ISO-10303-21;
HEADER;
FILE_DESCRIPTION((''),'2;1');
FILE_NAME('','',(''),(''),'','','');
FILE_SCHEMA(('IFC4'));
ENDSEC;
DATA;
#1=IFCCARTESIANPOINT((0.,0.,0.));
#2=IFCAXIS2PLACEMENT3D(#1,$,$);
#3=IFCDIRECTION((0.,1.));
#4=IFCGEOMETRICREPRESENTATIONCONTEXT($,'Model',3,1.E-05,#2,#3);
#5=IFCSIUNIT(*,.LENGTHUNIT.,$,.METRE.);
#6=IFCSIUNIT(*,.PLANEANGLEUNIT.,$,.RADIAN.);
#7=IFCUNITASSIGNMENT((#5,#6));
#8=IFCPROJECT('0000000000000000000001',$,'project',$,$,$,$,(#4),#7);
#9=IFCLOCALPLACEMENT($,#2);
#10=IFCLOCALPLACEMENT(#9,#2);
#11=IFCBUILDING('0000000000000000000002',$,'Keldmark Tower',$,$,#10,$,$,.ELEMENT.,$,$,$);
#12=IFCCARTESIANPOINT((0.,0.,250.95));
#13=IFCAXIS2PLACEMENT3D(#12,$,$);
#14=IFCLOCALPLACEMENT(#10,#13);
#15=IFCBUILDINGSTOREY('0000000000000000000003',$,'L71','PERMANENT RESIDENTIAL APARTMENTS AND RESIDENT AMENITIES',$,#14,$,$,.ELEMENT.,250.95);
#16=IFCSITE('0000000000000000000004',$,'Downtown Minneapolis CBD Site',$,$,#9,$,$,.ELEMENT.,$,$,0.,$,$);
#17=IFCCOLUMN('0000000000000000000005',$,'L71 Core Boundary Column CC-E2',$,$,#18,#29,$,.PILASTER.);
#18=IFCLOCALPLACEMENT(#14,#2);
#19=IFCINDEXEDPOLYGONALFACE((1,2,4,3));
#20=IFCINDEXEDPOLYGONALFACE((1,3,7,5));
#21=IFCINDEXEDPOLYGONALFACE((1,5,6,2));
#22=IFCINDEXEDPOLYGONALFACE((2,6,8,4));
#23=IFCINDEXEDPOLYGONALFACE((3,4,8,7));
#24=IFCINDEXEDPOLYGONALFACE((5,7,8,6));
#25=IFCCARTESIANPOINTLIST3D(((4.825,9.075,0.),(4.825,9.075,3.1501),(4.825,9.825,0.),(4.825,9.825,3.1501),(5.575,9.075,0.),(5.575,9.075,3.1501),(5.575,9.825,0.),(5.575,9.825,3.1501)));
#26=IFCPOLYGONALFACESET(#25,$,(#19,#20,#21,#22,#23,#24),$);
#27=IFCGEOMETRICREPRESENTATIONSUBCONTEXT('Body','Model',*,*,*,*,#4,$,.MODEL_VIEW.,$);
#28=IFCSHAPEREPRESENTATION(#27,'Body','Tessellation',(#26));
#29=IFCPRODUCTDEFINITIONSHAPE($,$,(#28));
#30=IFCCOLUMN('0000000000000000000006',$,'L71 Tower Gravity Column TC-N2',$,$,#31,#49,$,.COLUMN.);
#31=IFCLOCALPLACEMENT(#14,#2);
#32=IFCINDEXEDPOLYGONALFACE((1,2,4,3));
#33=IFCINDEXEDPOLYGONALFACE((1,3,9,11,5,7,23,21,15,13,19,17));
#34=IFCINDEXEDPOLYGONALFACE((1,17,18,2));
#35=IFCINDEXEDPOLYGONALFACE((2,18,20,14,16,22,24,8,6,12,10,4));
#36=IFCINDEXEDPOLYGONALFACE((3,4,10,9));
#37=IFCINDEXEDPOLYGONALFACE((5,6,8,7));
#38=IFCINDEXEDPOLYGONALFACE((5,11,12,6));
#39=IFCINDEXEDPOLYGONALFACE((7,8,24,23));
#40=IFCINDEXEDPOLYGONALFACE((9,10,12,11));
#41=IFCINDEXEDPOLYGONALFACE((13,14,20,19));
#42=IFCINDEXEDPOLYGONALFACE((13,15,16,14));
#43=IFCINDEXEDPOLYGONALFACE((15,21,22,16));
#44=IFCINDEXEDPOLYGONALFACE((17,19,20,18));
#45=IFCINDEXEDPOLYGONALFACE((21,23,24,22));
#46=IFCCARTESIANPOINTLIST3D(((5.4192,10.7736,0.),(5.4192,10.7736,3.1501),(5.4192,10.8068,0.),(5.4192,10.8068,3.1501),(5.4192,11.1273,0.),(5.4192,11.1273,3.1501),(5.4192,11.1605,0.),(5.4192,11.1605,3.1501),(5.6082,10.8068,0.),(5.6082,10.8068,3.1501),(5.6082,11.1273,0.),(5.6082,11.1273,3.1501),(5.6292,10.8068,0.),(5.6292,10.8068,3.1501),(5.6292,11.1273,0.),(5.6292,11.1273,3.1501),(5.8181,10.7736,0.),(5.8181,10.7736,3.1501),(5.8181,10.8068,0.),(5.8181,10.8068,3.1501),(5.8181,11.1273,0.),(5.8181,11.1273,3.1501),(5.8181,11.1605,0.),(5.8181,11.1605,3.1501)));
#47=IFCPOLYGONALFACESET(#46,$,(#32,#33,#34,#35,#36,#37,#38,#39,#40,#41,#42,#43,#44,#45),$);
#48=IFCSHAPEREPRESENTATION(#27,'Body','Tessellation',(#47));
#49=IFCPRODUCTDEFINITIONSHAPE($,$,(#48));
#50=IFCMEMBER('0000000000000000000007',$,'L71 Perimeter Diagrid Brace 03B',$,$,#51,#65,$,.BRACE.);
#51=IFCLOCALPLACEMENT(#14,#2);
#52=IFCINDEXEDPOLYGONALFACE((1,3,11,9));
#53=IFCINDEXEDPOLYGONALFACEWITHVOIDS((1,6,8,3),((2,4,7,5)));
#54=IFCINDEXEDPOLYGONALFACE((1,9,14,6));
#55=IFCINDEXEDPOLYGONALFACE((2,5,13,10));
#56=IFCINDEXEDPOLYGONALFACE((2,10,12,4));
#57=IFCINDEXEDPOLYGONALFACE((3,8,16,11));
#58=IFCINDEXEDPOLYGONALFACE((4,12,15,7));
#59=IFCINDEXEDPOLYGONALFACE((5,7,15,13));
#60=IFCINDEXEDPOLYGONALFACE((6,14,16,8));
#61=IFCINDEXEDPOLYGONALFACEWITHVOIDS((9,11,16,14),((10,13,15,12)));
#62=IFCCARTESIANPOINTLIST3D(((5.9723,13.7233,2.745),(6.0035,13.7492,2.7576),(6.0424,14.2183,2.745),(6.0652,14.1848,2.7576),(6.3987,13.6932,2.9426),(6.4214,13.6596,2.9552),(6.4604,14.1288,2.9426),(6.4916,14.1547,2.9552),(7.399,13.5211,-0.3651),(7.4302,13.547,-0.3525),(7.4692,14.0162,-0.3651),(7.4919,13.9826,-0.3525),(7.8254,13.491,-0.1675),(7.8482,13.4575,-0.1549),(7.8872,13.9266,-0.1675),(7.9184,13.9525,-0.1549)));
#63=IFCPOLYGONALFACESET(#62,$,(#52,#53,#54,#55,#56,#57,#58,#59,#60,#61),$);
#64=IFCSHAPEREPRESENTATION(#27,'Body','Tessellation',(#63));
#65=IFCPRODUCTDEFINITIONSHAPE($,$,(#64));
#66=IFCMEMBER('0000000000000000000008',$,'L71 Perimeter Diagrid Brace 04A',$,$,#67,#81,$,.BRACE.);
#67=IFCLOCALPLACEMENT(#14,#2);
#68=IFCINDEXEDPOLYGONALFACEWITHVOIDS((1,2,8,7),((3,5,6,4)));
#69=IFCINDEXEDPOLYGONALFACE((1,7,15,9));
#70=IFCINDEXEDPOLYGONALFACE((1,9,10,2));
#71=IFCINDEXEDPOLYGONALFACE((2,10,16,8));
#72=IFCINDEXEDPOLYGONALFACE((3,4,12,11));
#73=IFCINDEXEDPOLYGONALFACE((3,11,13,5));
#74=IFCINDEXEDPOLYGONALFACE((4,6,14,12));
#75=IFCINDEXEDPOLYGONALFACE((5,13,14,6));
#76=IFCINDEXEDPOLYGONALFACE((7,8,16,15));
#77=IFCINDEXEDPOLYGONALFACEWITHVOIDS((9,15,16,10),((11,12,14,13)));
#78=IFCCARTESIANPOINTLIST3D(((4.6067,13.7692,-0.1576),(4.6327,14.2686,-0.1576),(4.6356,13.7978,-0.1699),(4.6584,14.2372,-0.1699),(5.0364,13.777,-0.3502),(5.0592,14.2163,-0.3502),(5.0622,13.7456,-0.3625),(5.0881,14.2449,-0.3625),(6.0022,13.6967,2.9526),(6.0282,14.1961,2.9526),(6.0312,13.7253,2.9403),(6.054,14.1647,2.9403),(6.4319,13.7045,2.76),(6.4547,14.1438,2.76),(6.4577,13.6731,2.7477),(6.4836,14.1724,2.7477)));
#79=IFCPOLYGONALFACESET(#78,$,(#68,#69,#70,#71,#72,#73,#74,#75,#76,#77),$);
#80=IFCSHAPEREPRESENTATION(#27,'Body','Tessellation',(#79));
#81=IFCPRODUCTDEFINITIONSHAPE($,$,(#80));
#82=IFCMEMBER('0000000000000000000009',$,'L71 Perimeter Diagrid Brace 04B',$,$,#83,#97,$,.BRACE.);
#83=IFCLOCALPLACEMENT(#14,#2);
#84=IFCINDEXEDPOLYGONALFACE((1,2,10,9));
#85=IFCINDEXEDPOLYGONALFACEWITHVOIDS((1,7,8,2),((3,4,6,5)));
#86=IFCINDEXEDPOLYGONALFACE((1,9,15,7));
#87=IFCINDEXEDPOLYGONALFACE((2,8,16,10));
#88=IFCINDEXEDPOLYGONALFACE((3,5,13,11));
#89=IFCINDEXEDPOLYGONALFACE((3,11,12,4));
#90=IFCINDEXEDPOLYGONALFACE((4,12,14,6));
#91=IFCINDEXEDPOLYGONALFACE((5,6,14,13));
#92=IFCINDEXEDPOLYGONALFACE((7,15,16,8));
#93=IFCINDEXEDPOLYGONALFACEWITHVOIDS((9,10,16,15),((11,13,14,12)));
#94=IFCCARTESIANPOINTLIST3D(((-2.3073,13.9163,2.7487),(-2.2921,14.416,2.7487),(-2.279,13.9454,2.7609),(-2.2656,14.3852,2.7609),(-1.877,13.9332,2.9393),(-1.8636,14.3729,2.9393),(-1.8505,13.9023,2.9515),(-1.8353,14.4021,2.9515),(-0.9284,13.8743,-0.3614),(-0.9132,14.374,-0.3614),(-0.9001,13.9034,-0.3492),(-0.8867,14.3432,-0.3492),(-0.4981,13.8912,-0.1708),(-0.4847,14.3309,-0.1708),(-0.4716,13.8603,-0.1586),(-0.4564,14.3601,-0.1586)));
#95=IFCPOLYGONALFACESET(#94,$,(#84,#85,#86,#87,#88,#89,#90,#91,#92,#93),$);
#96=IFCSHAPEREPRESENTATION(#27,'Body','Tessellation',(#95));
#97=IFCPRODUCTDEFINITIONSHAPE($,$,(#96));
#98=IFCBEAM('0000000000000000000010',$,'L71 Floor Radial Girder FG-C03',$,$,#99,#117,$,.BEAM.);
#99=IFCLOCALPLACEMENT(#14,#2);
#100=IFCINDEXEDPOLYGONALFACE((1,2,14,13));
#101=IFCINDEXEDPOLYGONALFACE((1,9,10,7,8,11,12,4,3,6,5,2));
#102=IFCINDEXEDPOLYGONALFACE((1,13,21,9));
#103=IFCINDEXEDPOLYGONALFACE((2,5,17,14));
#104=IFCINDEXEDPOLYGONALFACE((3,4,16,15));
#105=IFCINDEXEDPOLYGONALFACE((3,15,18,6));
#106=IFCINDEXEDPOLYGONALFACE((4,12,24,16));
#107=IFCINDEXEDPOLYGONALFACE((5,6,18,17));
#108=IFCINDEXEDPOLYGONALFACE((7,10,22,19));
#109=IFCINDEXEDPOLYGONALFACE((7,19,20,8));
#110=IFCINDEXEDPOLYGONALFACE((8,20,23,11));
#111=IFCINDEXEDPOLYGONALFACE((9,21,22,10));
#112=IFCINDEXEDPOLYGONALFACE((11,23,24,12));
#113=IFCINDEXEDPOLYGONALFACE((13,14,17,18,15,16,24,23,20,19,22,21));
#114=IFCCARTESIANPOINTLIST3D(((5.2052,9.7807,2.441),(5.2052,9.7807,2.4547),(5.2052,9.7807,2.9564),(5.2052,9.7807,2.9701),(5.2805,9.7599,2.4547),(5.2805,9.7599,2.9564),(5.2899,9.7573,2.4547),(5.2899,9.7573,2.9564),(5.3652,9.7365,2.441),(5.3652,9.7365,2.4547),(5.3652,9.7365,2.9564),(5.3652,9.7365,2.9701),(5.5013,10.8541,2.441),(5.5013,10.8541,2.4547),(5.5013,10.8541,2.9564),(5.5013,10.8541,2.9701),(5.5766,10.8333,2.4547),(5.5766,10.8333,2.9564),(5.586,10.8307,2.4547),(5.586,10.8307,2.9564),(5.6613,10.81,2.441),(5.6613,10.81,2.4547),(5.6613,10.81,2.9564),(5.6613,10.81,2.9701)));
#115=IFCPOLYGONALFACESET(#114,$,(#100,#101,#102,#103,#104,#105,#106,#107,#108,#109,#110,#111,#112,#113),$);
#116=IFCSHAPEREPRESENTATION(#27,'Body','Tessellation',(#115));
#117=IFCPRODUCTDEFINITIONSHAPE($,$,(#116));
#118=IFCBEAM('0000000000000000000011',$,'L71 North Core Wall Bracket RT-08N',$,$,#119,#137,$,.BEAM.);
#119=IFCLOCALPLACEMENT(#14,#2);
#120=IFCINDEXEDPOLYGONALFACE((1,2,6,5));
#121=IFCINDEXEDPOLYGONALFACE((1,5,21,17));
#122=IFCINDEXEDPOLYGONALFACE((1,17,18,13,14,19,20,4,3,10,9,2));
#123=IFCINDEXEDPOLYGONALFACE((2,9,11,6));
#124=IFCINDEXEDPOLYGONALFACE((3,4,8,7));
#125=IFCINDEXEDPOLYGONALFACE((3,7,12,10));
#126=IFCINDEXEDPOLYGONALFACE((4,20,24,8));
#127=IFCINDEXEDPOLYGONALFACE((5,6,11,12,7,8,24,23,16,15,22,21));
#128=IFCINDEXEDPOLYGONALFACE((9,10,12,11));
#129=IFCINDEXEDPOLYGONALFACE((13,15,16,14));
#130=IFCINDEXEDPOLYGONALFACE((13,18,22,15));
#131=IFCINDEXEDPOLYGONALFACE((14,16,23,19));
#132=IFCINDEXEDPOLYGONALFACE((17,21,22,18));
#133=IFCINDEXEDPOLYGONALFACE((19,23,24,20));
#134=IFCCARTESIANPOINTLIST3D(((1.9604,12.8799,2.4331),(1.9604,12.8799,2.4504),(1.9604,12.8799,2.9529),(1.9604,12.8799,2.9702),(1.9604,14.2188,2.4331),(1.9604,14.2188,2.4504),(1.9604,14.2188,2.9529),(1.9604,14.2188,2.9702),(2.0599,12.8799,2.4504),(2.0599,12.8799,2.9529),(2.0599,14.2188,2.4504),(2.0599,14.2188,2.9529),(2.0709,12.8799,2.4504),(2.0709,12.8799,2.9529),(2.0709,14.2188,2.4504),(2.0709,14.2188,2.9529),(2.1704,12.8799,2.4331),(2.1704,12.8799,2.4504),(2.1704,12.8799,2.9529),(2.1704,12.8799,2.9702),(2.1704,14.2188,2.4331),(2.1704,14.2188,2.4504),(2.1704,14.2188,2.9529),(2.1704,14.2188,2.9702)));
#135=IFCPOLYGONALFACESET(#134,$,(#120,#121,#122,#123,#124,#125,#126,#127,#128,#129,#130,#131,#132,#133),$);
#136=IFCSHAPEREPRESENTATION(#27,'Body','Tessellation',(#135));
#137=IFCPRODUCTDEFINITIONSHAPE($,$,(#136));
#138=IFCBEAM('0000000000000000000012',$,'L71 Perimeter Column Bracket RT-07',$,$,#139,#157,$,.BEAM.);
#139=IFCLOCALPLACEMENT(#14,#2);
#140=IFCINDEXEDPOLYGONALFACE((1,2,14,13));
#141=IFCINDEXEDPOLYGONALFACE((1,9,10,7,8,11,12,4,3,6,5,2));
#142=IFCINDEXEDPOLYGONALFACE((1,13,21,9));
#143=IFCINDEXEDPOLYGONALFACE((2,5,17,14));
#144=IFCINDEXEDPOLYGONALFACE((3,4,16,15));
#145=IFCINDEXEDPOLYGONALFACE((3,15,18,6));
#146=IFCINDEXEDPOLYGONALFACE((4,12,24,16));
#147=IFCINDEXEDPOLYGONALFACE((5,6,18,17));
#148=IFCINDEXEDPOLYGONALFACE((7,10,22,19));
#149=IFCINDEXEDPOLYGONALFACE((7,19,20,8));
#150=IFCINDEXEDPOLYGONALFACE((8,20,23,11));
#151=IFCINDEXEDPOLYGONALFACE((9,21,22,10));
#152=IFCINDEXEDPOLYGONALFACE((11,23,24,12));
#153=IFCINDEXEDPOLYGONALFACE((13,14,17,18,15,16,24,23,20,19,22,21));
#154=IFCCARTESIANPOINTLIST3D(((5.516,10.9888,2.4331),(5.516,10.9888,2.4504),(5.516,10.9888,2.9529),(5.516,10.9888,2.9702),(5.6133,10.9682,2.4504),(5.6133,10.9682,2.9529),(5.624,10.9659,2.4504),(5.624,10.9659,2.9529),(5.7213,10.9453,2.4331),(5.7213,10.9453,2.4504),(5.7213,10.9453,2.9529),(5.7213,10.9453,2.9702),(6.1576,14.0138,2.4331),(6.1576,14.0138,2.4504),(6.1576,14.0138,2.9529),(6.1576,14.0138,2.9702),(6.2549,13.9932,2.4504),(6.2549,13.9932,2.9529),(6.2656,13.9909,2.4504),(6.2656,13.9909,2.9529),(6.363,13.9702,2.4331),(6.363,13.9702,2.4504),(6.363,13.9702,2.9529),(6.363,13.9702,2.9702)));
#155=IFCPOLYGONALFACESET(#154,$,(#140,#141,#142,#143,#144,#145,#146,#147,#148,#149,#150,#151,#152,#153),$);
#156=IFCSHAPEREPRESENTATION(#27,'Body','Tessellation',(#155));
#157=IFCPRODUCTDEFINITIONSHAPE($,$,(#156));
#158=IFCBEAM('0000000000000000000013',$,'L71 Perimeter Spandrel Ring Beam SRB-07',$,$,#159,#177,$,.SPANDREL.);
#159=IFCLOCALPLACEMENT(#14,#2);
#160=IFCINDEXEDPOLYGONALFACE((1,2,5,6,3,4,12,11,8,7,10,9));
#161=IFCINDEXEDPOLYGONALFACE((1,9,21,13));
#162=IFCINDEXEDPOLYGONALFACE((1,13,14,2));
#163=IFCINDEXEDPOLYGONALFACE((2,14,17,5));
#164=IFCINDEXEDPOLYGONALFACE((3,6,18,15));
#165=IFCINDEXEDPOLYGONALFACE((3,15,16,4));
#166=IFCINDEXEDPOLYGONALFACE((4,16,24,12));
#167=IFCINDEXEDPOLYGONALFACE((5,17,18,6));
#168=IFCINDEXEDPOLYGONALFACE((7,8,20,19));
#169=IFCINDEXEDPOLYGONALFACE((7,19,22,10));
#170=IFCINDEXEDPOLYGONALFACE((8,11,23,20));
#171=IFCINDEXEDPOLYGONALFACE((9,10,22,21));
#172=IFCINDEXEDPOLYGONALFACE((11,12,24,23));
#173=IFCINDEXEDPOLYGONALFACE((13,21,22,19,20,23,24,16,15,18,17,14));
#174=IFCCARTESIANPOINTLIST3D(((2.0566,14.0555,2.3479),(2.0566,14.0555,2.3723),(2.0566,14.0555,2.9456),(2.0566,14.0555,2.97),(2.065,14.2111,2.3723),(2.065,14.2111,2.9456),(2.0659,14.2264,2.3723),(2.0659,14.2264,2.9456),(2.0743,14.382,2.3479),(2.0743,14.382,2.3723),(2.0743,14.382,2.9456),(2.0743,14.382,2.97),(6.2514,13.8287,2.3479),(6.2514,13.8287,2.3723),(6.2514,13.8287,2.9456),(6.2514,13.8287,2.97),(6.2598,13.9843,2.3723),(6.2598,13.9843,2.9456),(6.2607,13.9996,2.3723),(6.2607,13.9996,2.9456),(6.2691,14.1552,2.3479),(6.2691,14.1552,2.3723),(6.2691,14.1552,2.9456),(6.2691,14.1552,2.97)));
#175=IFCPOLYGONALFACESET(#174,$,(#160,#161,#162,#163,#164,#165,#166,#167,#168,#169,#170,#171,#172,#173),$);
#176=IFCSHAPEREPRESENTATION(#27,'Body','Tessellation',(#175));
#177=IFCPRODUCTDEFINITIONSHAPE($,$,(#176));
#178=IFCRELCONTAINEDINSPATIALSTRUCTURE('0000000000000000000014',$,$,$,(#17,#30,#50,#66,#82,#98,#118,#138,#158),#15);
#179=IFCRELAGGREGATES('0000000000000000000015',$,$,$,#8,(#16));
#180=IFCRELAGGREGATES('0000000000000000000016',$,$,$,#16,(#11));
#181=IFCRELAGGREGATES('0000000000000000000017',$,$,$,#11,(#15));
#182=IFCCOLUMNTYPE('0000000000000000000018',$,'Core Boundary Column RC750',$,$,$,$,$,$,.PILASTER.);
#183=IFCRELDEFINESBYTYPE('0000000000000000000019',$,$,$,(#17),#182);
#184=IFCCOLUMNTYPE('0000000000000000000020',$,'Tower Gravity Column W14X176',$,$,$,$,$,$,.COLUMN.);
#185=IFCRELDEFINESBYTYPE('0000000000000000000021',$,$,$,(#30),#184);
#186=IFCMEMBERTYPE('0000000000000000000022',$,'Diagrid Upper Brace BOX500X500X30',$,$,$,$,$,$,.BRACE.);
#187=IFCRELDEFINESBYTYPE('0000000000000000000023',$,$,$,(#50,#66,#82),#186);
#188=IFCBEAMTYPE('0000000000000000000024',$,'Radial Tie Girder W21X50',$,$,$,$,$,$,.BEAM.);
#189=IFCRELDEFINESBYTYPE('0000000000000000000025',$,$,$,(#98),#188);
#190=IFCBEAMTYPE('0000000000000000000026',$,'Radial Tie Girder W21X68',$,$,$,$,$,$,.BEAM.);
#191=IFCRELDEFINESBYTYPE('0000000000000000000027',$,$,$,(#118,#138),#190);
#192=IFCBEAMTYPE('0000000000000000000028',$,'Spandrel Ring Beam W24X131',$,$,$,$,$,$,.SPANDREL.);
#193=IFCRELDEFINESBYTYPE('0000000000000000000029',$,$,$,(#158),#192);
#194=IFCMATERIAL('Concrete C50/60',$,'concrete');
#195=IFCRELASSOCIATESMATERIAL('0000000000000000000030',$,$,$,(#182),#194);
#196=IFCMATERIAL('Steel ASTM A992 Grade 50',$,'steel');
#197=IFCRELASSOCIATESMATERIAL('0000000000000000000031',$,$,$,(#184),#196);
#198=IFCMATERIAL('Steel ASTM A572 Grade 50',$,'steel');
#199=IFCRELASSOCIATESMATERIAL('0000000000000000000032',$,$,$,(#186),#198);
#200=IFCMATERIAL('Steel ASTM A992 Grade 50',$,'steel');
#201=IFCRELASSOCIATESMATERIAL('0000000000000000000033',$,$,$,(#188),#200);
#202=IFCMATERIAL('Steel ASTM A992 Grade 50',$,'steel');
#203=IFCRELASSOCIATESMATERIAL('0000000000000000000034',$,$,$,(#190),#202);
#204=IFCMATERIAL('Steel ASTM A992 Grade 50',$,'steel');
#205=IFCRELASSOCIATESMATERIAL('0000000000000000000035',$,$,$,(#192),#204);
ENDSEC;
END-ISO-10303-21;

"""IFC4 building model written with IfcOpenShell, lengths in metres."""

from ifc_helpers import new_model, si_unit, direction, frame, origin, origin_2d, place, context, subcontext, project, spatial, rectangle, hollow_rectangle, i_section, extrude, material, material_profile, profile_set, type_object, element, save


model = new_model("IFC4")

# Units and contexts
model_context = context("Model", 3, precision=1e-05, world=origin(), true_north=direction((0.0, 1.0)))
body_context = subcontext(model_context, "Body", "Model", "MODEL_VIEW")
ifc_project = project(units=[si_unit("LENGTHUNIT", "METRE"), si_unit("PLANEANGLEUNIT", "RADIAN")], contexts=[model_context])

# Site, building, storey
site_placement = place(None, origin())
site = spatial("IfcSite", under=ifc_project, at=site_placement, Name="Downtown Minneapolis CBD Site", CompositionType="ELEMENT", RefElevation=0.0)
building_placement = place(site_placement, origin())
building = spatial("IfcBuilding", under=site, at=building_placement, Name="Keldmark Tower", CompositionType="ELEMENT")
storey_placement = place(building_placement, frame((0.0, 0.0, 250.95)))
storey = spatial("IfcBuildingStorey", under=building, at=storey_placement, Name="L71", Description="PERMANENT RESIDENTIAL APARTMENTS AND RESIDENT AMENITIES", CompositionType="ELEMENT", Elevation=250.95)

# Columns
ifc_material_1 = material(Name="Concrete C50/60", Category="concrete")
ifc_material_profile_1 = material_profile(ifc_material_1, rectangle(XDim=0.75, YDim=0.75, at=origin_2d()), Name="RC750X750")
ifc_profile_set_1 = profile_set([ifc_material_profile_1], Name="Concrete C50/60")
column_type_1 = type_object("IfcColumnType", Name="Core Boundary Column RC750", PredefinedType="PILASTER", material=ifc_profile_set_1)
column_1_placement = place(storey_placement, frame((5.2, 9.45, 0.0), z_axis=(0.0, 0.0, 1.0), x_axis=(1.0, 0.0, 0.0)))
element("IfcColumn", 1, at=column_1_placement, inside=storey, type_object=column_type_1, Name="L71 Core Boundary Column CC-E2", PredefinedType="PILASTER", context=body_context, shape_type="SweptSolid", body=[
    extrude(rectangle(XDim=0.75, YDim=0.75, at=origin_2d()), origin(), (0.0, 0.0, 1.0), 3.1501),
])
ifc_material_2 = material(Name="Steel ASTM A992 Grade 50", Category="steel")
ifc_material_profile_2 = material_profile(ifc_material_2, i_section(OverallWidth=0.3989, OverallDepth=0.387, WebThickness=0.021, FlangeThickness=0.0332, at=origin_2d()), Name="W14X176")
ifc_profile_set_2 = profile_set([ifc_material_profile_2], Name="Steel ASTM A992 Grade 50")
column_type_2 = type_object("IfcColumnType", Name="Tower Gravity Column W14X176", PredefinedType="COLUMN", material=ifc_profile_set_2)
column_2_placement = place(storey_placement, frame((5.6187, 10.967, 0.0), z_axis=(0.0, 0.0, 1.0), x_axis=(1.0, 0.0, 0.0)))
element("IfcColumn", 2, at=column_2_placement, inside=storey, type_object=column_type_2, Name="L71 Tower Gravity Column TC-N2", PredefinedType="COLUMN", context=body_context, shape_type="SweptSolid", body=[
    extrude(i_section(OverallWidth=0.3989, OverallDepth=0.387, WebThickness=0.021, FlangeThickness=0.0332, at=origin_2d()), origin(), (0.0, 0.0, 1.0), 3.1501),
])

# Members
ifc_material_3 = material(Name="Steel ASTM A572 Grade 50", Category="steel")
ifc_material_profile_3 = material_profile(ifc_material_3, hollow_rectangle(XDim=0.5, YDim=0.5, WallThickness=0.03, at=origin_2d()), Name="BOX500X500X30")
ifc_profile_set_3 = profile_set([ifc_material_profile_3], Name="Steel ASTM A572 Grade 50")
member_type = type_object("IfcMemberType", Name="Diagrid Upper Brace BOX500X500X30", PredefinedType="BRACE", material=ifc_profile_set_3)
member_1_placement = place(storey_placement, frame((7.6587, 13.7368, -0.26), z_axis=(-0.416241, 0.058975, 0.90734), x_axis=(-0.140283, -0.990111, 0.0)))
element("IfcMember", 3, at=member_1_placement, inside=storey, type_object=member_type, Name="L71 Perimeter Diagrid Brace 03B", PredefinedType="BRACE", context=body_context, shape_type="SweptSolid", body=[
    extrude(hollow_rectangle(XDim=0.5, YDim=0.5, WallThickness=0.03, at=origin_2d()), origin(), (0.0, 0.0, 1.0), 3.4277),
])
member_2_placement = place(storey_placement, frame((4.8474, 14.0071, -0.26), z_axis=(0.409286, -0.021266, 0.912158), x_axis=(0.051889, 0.998653, 0.0)))
element("IfcMember", 4, at=member_2_placement, inside=storey, type_object=member_type, Name="L71 Perimeter Diagrid Brace 04A", PredefinedType="BRACE", context=body_context, shape_type="SweptSolid", body=[
    extrude(hollow_rectangle(XDim=0.5, YDim=0.5, WallThickness=0.03, at=origin_2d()), origin(), (0.0, 0.0, 1.0), 3.4097),
])
member_3_placement = place(storey_placement, frame((-0.6924, 14.1172, -0.26), z_axis=(-0.405282, 0.012342, 0.914108), x_axis=(-0.030439, -0.999537, 0.0)))
element("IfcMember", 5, at=member_3_placement, inside=storey, type_object=member_type, Name="L71 Perimeter Diagrid Brace 04B", PredefinedType="BRACE", context=body_context, shape_type="SweptSolid", body=[
    extrude(hollow_rectangle(XDim=0.5, YDim=0.5, WallThickness=0.03, at=origin_2d()), origin(), (0.0, 0.0, 1.0), 3.4023),
])

# Beams
ifc_material_4 = material(Name="Steel ASTM A992 Grade 50", Category="steel")
ifc_material_profile_4 = material_profile(ifc_material_4, i_section(OverallWidth=0.166, OverallDepth=0.5291, WebThickness=0.0098, FlangeThickness=0.0137, at=origin_2d()), Name="W21X50")
ifc_profile_set_4 = profile_set([ifc_material_profile_4], Name="Steel ASTM A992 Grade 50")
beam_type_1 = type_object("IfcBeamType", Name="Radial Tie Girder W21X50", PredefinedType="BEAM", material=ifc_profile_set_4)
beam_1_placement = place(storey_placement, frame((5.5813, 10.832, 2.7056), z_axis=(-0.265936, -0.963991, 0.0), x_axis=(0.963991, -0.265936, 0.0)))
element("IfcBeam", 6, at=beam_1_placement, inside=storey, type_object=beam_type_1, Name="L71 Floor Radial Girder FG-C03", PredefinedType="BEAM", context=body_context, shape_type="SweptSolid", body=[
    extrude(i_section(OverallWidth=0.166, OverallDepth=0.5291, WebThickness=0.0098, FlangeThickness=0.0137, at=origin_2d()), origin(), (0.0, 0.0, 1.0), 1.1135),
])
ifc_material_5 = material(Name="Steel ASTM A992 Grade 50", Category="steel")
ifc_material_profile_5 = material_profile(ifc_material_5, i_section(OverallWidth=0.21, OverallDepth=0.5371, WebThickness=0.011, FlangeThickness=0.0173, at=origin_2d()), Name="W21X68")
ifc_profile_set_5 = profile_set([ifc_material_profile_5], Name="Steel ASTM A992 Grade 50")
beam_type_2 = type_object("IfcBeamType", Name="Radial Tie Girder W21X68", PredefinedType="BEAM", material=ifc_profile_set_5)
beam_2_placement = place(storey_placement, frame((2.0654, 12.8799, 2.7017), z_axis=(0.0, 1.0, 0.0), x_axis=(-1.0, 0.0, 0.0)))
element("IfcBeam", 7, at=beam_2_placement, inside=storey, type_object=beam_type_2, Name="L71 North Core Wall Bracket RT-08N", PredefinedType="BEAM", context=body_context, shape_type="SweptSolid", body=[
    extrude(i_section(OverallWidth=0.21, OverallDepth=0.5371, WebThickness=0.011, FlangeThickness=0.0173, at=origin_2d()), origin(), (0.0, 0.0, 1.0), 1.3389),
])
beam_3_placement = place(storey_placement, frame((5.6187, 10.967, 2.7017), z_axis=(0.20749, 0.978237, 0.0), x_axis=(-0.978237, 0.20749, 0.0)))
element("IfcBeam", 8, at=beam_3_placement, inside=storey, type_object=beam_type_2, Name="L71 Perimeter Column Bracket RT-07", PredefinedType="BEAM", context=body_context, shape_type="SweptSolid", body=[
    extrude(i_section(OverallWidth=0.21, OverallDepth=0.5371, WebThickness=0.011, FlangeThickness=0.0173, at=origin_2d()), origin(), (0.0, 0.0, 1.0), 3.0923),
])
ifc_material_6 = material(Name="Steel ASTM A992 Grade 50", Category="steel")
ifc_material_profile_6 = material_profile(ifc_material_6, i_section(OverallWidth=0.3269, OverallDepth=0.6221, WebThickness=0.0154, FlangeThickness=0.0244, at=origin_2d()), Name="W24X131")
ifc_profile_set_6 = profile_set([ifc_material_profile_6], Name="Steel ASTM A992 Grade 50")
beam_type_3 = type_object("IfcBeamType", Name="Spandrel Ring Beam W24X131", PredefinedType="SPANDREL", material=ifc_profile_set_6)
beam_4_placement = place(storey_placement, frame((6.2603, 13.9919, 2.6589), z_axis=(-0.998542, 0.053989, 0.0), x_axis=(-0.053989, -0.998542, 0.0)))
element("IfcBeam", 9, at=beam_4_placement, inside=storey, type_object=beam_type_3, Name="L71 Perimeter Spandrel Ring Beam SRB-07", PredefinedType="SPANDREL", context=body_context, shape_type="SweptSolid", body=[
    extrude(i_section(OverallWidth=0.3269, OverallDepth=0.6221, WebThickness=0.0154, FlangeThickness=0.0244, at=origin_2d()), origin(), (0.0, 0.0, 1.0), 4.2009),
])

save(model, "model.ifc")
